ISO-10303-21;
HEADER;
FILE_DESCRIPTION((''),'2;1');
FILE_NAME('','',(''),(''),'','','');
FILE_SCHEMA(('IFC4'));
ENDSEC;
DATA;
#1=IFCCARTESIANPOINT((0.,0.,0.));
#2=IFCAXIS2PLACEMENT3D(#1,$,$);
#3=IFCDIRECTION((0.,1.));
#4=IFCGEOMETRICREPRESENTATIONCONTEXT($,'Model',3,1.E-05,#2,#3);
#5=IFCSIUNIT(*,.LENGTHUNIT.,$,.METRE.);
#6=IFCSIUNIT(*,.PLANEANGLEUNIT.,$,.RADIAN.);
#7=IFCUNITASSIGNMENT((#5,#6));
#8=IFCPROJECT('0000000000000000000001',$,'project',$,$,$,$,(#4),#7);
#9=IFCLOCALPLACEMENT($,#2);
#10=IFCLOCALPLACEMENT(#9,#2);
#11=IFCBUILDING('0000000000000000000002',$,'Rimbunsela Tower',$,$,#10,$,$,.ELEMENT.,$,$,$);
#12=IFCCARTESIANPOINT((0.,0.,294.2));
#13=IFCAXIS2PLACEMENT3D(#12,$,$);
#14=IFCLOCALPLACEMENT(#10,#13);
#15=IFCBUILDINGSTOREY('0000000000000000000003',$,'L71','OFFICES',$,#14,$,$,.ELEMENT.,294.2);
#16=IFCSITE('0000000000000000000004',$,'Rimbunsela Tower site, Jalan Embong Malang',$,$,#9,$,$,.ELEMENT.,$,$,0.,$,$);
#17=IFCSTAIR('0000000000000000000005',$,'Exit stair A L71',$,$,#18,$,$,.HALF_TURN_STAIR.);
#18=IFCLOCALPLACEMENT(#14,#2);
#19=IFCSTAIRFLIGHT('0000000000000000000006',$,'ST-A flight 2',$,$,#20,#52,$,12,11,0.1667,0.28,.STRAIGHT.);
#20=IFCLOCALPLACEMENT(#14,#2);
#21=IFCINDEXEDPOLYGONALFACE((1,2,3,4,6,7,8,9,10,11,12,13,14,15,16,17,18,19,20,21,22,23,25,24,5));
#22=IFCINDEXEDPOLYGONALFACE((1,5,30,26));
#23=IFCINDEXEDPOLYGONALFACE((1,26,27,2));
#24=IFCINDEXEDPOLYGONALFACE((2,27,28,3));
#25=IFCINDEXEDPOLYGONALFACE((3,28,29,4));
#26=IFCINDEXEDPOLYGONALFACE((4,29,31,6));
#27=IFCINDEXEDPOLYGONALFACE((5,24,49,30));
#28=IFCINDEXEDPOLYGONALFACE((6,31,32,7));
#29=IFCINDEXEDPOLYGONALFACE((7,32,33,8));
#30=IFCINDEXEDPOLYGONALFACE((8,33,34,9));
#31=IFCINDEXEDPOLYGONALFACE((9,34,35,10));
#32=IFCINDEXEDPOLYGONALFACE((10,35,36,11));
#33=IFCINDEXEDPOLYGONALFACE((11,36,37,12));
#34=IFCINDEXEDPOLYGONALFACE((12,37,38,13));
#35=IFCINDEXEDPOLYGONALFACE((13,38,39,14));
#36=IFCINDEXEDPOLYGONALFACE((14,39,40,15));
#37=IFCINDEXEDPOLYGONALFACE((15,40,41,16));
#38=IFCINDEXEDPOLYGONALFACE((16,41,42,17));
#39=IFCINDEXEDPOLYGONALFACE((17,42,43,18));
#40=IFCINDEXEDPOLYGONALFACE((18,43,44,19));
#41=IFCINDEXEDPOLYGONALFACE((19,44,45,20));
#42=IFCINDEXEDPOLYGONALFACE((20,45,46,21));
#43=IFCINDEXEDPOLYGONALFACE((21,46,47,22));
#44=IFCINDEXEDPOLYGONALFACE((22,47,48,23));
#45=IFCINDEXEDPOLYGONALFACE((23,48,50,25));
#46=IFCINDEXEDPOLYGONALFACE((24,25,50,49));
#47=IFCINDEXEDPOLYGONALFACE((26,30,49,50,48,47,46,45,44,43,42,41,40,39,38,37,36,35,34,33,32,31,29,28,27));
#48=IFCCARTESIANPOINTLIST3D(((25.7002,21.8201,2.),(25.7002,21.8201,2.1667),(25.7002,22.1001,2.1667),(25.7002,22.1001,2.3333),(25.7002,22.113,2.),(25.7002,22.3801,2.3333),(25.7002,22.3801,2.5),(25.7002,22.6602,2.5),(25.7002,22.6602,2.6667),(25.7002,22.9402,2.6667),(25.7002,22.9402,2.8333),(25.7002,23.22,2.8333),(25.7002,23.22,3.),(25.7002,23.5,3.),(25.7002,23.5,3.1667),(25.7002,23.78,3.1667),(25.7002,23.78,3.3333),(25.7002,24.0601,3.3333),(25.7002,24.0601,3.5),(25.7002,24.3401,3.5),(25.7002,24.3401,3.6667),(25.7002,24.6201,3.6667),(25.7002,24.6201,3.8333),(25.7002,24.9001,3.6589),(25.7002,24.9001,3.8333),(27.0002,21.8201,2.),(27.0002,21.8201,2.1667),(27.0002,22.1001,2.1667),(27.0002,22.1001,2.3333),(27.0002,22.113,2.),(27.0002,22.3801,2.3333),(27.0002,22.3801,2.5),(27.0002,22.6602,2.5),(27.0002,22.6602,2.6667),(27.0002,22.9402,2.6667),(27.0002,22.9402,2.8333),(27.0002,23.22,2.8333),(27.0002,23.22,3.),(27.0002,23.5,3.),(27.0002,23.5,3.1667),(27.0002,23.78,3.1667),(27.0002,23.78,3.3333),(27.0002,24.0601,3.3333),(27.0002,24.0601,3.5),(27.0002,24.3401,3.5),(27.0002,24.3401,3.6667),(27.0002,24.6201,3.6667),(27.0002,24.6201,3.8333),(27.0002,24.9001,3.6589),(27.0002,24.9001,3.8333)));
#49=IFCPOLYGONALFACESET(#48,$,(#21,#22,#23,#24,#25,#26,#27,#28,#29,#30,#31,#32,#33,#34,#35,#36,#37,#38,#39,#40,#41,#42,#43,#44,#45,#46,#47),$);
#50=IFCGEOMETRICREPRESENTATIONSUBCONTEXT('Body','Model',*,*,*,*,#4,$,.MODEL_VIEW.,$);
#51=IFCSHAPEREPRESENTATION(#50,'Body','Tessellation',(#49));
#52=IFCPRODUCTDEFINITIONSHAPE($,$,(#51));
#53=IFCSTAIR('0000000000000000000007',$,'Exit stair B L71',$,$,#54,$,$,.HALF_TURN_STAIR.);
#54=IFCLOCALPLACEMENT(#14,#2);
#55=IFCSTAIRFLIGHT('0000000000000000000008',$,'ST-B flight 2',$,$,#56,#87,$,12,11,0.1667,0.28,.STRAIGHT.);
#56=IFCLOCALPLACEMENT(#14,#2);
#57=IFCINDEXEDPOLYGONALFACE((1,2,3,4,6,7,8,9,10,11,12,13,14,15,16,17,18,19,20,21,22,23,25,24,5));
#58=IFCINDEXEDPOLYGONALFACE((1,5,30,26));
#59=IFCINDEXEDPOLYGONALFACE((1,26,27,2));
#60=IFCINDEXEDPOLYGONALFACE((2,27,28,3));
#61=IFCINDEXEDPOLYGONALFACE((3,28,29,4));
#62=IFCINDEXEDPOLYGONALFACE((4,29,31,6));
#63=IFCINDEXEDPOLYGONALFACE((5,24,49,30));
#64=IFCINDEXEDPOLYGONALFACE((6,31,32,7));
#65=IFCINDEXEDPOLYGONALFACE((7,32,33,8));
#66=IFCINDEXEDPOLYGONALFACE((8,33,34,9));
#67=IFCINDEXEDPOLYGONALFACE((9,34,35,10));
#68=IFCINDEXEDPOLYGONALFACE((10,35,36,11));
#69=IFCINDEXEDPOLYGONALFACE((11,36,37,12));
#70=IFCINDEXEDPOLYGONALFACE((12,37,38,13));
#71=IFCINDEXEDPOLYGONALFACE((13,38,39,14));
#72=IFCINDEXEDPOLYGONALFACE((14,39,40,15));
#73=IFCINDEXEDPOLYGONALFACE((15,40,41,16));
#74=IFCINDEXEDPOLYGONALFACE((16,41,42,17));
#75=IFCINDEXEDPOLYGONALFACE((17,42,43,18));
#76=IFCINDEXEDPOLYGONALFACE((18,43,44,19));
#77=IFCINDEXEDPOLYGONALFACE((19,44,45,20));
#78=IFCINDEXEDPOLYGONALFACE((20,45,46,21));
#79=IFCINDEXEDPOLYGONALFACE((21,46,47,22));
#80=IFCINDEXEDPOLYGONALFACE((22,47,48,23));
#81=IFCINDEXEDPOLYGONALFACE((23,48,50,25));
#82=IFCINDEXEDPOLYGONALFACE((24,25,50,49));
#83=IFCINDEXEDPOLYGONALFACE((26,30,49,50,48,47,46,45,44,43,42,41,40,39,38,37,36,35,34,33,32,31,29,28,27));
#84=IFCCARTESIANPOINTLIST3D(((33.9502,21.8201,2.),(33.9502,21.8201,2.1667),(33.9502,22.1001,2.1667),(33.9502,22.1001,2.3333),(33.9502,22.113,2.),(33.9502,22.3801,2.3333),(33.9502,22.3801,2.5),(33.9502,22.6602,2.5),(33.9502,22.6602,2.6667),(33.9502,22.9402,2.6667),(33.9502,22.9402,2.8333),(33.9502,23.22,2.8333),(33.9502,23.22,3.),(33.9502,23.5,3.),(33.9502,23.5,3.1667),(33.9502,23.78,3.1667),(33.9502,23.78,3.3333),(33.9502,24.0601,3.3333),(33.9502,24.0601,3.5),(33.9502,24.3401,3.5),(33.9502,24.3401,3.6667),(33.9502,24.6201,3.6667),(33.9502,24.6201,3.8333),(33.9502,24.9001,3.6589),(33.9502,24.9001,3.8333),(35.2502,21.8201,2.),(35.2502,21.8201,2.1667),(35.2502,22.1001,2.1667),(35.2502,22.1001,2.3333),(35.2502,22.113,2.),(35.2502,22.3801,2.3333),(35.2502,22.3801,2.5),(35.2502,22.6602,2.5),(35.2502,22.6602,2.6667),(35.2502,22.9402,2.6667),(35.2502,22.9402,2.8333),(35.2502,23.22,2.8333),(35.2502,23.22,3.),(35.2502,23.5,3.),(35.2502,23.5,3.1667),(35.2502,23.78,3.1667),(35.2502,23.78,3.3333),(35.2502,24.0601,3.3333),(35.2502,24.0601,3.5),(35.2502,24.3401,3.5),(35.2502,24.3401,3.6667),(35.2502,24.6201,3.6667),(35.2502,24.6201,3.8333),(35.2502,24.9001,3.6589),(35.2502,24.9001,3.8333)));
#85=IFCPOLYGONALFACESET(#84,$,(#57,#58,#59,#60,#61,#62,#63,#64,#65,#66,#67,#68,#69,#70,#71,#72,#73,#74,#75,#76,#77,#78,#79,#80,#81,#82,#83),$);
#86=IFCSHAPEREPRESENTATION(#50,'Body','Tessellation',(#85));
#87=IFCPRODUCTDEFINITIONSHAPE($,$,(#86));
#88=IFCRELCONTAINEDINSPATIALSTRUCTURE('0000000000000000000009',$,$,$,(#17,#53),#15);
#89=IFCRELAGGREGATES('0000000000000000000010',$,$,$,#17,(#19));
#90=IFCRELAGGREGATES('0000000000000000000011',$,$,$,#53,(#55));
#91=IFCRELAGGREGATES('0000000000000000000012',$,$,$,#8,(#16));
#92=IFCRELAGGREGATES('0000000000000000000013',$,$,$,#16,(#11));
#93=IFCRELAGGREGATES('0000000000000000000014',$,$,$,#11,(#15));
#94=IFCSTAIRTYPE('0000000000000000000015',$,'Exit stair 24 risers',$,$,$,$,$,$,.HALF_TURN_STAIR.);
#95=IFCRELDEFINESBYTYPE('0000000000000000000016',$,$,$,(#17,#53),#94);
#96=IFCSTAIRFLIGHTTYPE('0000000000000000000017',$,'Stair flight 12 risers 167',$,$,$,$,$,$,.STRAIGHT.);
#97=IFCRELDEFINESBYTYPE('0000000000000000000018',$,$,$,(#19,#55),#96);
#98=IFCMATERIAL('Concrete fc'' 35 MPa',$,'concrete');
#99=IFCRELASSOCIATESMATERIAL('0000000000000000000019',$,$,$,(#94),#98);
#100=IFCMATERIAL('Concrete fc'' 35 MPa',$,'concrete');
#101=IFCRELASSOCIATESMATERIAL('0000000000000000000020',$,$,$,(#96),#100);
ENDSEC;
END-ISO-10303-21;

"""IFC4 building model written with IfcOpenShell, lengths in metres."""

from ifc_helpers import new_model, si_unit, direction, frame, origin, place, context, subcontext, project, spatial, polyline, outline, extrude, material, type_object, element, aggregate, save


model = new_model("IFC4")

# Units and contexts
model_context = context("Model", 3, precision=1e-05, world=origin(), true_north=direction((0.0, 1.0)))
body_context = subcontext(model_context, "Body", "Model", "MODEL_VIEW")
ifc_project = project(units=[si_unit("LENGTHUNIT", "METRE"), si_unit("PLANEANGLEUNIT", "RADIAN")], contexts=[model_context])

# Site, building, storey
site_placement = place(None, origin())
site = spatial("IfcSite", under=ifc_project, at=site_placement, Name="Rimbunsela Tower site, Jalan Embong Malang", CompositionType="ELEMENT", RefElevation=0.0)
building_placement = place(site_placement, origin())
building = spatial("IfcBuilding", under=site, at=building_placement, Name="Rimbunsela Tower", CompositionType="ELEMENT")
storey_placement = place(building_placement, frame((0.0, 0.0, 294.2)))
storey = spatial("IfcBuildingStorey", under=building, at=storey_placement, Name="L71", Description="OFFICES", CompositionType="ELEMENT", Elevation=294.2)

# Stairs, stair flights
ifc_material_1 = material(Name="Concrete fc' 35 MPa", Category="concrete")
stair_type = type_object("IfcStairType", Name="Exit stair 24 risers", PredefinedType="HALF_TURN_STAIR", material=ifc_material_1)
stair_1_placement = place(storey_placement, origin())
stair_1 = element("IfcStair", 1, at=stair_1_placement, inside=storey, type_object=stair_type, Name="Exit stair A L71", PredefinedType="HALF_TURN_STAIR")
ifc_material_2 = material(Name="Concrete fc' 35 MPa", Category="concrete")
stair_flight_type = type_object("IfcStairFlightType", Name="Stair flight 12 risers 167", PredefinedType="STRAIGHT", material=ifc_material_2)
stair_flight_1_placement = place(storey_placement, frame((26.3501, 21.8201, 2.0), z_axis=(0.0, 0.0, 1.0), x_axis=(0.0, 1.0, 0.0)))
stair_flight_1 = element("IfcStairFlight", 2, at=stair_flight_1_placement, type_object=stair_flight_type, Name="ST-A flight 2", NumberOfRisers=12, NumberOfTreads=11, PredefinedType="STRAIGHT", RiserHeight=0.1667, TreadLength=0.28, context=body_context, shape_type="SweptSolid", body=[
    extrude(outline(polyline([(0.0, 0.0), (0.0, 0.1667), (0.28, 0.1667), (0.28, 0.3333), (0.5601, 0.3333), (0.5601, 0.5), (0.8401, 0.5), (0.8401, 0.6667), (1.1201, 0.6667), (1.1201, 0.8333), (1.3999, 0.8333), (1.3999, 1.0), (1.6799, 1.0), (1.6799, 1.1667), (1.96, 1.1667), (1.96, 1.3333), (2.24, 1.3333), (2.24, 1.5), (2.52, 1.5), (2.52, 1.6667), (2.8, 1.6667), (2.8, 1.8333), (3.0801, 1.8333), (3.0801, 2.0), (3.0801, 1.6589), (0.293, 0.0), (0.0, 0.0)])), frame((0.0, 0.6499, 0.0), z_axis=(0.0, -1.0, 0.0), x_axis=(1.0, 0.0, 0.0)), (0.0, 0.0, 1.0), 1.3),
])
aggregate(stair_1, [stair_flight_1])
stair_2_placement = place(storey_placement, origin())
stair_2 = element("IfcStair", 3, at=stair_2_placement, inside=storey, type_object=stair_type, Name="Exit stair B L71", PredefinedType="HALF_TURN_STAIR")
stair_flight_2_placement = place(storey_placement, frame((34.6001, 21.8201, 2.0), z_axis=(0.0, 0.0, 1.0), x_axis=(0.0, 1.0, 0.0)))
stair_flight_2 = element("IfcStairFlight", 4, at=stair_flight_2_placement, type_object=stair_flight_type, Name="ST-B flight 2", NumberOfRisers=12, NumberOfTreads=11, PredefinedType="STRAIGHT", RiserHeight=0.1667, TreadLength=0.28, context=body_context, shape_type="SweptSolid", body=[
    extrude(outline(polyline([(0.0, 0.0), (0.0, 0.1667), (0.28, 0.1667), (0.28, 0.3333), (0.5601, 0.3333), (0.5601, 0.5), (0.8401, 0.5), (0.8401, 0.6667), (1.1201, 0.6667), (1.1201, 0.8333), (1.3999, 0.8333), (1.3999, 1.0), (1.6799, 1.0), (1.6799, 1.1667), (1.96, 1.1667), (1.96, 1.3333), (2.24, 1.3333), (2.24, 1.5), (2.52, 1.5), (2.52, 1.6667), (2.8, 1.6667), (2.8, 1.8333), (3.0801, 1.8333), (3.0801, 2.0), (3.0801, 1.6589), (0.293, 0.0), (0.0, 0.0)])), frame((0.0, 0.6499, 0.0), z_axis=(0.0, -1.0, 0.0), x_axis=(1.0, 0.0, 0.0)), (0.0, 0.0, 1.0), 1.3),
])
aggregate(stair_2, [stair_flight_2])

save(model, "model.ifc")
